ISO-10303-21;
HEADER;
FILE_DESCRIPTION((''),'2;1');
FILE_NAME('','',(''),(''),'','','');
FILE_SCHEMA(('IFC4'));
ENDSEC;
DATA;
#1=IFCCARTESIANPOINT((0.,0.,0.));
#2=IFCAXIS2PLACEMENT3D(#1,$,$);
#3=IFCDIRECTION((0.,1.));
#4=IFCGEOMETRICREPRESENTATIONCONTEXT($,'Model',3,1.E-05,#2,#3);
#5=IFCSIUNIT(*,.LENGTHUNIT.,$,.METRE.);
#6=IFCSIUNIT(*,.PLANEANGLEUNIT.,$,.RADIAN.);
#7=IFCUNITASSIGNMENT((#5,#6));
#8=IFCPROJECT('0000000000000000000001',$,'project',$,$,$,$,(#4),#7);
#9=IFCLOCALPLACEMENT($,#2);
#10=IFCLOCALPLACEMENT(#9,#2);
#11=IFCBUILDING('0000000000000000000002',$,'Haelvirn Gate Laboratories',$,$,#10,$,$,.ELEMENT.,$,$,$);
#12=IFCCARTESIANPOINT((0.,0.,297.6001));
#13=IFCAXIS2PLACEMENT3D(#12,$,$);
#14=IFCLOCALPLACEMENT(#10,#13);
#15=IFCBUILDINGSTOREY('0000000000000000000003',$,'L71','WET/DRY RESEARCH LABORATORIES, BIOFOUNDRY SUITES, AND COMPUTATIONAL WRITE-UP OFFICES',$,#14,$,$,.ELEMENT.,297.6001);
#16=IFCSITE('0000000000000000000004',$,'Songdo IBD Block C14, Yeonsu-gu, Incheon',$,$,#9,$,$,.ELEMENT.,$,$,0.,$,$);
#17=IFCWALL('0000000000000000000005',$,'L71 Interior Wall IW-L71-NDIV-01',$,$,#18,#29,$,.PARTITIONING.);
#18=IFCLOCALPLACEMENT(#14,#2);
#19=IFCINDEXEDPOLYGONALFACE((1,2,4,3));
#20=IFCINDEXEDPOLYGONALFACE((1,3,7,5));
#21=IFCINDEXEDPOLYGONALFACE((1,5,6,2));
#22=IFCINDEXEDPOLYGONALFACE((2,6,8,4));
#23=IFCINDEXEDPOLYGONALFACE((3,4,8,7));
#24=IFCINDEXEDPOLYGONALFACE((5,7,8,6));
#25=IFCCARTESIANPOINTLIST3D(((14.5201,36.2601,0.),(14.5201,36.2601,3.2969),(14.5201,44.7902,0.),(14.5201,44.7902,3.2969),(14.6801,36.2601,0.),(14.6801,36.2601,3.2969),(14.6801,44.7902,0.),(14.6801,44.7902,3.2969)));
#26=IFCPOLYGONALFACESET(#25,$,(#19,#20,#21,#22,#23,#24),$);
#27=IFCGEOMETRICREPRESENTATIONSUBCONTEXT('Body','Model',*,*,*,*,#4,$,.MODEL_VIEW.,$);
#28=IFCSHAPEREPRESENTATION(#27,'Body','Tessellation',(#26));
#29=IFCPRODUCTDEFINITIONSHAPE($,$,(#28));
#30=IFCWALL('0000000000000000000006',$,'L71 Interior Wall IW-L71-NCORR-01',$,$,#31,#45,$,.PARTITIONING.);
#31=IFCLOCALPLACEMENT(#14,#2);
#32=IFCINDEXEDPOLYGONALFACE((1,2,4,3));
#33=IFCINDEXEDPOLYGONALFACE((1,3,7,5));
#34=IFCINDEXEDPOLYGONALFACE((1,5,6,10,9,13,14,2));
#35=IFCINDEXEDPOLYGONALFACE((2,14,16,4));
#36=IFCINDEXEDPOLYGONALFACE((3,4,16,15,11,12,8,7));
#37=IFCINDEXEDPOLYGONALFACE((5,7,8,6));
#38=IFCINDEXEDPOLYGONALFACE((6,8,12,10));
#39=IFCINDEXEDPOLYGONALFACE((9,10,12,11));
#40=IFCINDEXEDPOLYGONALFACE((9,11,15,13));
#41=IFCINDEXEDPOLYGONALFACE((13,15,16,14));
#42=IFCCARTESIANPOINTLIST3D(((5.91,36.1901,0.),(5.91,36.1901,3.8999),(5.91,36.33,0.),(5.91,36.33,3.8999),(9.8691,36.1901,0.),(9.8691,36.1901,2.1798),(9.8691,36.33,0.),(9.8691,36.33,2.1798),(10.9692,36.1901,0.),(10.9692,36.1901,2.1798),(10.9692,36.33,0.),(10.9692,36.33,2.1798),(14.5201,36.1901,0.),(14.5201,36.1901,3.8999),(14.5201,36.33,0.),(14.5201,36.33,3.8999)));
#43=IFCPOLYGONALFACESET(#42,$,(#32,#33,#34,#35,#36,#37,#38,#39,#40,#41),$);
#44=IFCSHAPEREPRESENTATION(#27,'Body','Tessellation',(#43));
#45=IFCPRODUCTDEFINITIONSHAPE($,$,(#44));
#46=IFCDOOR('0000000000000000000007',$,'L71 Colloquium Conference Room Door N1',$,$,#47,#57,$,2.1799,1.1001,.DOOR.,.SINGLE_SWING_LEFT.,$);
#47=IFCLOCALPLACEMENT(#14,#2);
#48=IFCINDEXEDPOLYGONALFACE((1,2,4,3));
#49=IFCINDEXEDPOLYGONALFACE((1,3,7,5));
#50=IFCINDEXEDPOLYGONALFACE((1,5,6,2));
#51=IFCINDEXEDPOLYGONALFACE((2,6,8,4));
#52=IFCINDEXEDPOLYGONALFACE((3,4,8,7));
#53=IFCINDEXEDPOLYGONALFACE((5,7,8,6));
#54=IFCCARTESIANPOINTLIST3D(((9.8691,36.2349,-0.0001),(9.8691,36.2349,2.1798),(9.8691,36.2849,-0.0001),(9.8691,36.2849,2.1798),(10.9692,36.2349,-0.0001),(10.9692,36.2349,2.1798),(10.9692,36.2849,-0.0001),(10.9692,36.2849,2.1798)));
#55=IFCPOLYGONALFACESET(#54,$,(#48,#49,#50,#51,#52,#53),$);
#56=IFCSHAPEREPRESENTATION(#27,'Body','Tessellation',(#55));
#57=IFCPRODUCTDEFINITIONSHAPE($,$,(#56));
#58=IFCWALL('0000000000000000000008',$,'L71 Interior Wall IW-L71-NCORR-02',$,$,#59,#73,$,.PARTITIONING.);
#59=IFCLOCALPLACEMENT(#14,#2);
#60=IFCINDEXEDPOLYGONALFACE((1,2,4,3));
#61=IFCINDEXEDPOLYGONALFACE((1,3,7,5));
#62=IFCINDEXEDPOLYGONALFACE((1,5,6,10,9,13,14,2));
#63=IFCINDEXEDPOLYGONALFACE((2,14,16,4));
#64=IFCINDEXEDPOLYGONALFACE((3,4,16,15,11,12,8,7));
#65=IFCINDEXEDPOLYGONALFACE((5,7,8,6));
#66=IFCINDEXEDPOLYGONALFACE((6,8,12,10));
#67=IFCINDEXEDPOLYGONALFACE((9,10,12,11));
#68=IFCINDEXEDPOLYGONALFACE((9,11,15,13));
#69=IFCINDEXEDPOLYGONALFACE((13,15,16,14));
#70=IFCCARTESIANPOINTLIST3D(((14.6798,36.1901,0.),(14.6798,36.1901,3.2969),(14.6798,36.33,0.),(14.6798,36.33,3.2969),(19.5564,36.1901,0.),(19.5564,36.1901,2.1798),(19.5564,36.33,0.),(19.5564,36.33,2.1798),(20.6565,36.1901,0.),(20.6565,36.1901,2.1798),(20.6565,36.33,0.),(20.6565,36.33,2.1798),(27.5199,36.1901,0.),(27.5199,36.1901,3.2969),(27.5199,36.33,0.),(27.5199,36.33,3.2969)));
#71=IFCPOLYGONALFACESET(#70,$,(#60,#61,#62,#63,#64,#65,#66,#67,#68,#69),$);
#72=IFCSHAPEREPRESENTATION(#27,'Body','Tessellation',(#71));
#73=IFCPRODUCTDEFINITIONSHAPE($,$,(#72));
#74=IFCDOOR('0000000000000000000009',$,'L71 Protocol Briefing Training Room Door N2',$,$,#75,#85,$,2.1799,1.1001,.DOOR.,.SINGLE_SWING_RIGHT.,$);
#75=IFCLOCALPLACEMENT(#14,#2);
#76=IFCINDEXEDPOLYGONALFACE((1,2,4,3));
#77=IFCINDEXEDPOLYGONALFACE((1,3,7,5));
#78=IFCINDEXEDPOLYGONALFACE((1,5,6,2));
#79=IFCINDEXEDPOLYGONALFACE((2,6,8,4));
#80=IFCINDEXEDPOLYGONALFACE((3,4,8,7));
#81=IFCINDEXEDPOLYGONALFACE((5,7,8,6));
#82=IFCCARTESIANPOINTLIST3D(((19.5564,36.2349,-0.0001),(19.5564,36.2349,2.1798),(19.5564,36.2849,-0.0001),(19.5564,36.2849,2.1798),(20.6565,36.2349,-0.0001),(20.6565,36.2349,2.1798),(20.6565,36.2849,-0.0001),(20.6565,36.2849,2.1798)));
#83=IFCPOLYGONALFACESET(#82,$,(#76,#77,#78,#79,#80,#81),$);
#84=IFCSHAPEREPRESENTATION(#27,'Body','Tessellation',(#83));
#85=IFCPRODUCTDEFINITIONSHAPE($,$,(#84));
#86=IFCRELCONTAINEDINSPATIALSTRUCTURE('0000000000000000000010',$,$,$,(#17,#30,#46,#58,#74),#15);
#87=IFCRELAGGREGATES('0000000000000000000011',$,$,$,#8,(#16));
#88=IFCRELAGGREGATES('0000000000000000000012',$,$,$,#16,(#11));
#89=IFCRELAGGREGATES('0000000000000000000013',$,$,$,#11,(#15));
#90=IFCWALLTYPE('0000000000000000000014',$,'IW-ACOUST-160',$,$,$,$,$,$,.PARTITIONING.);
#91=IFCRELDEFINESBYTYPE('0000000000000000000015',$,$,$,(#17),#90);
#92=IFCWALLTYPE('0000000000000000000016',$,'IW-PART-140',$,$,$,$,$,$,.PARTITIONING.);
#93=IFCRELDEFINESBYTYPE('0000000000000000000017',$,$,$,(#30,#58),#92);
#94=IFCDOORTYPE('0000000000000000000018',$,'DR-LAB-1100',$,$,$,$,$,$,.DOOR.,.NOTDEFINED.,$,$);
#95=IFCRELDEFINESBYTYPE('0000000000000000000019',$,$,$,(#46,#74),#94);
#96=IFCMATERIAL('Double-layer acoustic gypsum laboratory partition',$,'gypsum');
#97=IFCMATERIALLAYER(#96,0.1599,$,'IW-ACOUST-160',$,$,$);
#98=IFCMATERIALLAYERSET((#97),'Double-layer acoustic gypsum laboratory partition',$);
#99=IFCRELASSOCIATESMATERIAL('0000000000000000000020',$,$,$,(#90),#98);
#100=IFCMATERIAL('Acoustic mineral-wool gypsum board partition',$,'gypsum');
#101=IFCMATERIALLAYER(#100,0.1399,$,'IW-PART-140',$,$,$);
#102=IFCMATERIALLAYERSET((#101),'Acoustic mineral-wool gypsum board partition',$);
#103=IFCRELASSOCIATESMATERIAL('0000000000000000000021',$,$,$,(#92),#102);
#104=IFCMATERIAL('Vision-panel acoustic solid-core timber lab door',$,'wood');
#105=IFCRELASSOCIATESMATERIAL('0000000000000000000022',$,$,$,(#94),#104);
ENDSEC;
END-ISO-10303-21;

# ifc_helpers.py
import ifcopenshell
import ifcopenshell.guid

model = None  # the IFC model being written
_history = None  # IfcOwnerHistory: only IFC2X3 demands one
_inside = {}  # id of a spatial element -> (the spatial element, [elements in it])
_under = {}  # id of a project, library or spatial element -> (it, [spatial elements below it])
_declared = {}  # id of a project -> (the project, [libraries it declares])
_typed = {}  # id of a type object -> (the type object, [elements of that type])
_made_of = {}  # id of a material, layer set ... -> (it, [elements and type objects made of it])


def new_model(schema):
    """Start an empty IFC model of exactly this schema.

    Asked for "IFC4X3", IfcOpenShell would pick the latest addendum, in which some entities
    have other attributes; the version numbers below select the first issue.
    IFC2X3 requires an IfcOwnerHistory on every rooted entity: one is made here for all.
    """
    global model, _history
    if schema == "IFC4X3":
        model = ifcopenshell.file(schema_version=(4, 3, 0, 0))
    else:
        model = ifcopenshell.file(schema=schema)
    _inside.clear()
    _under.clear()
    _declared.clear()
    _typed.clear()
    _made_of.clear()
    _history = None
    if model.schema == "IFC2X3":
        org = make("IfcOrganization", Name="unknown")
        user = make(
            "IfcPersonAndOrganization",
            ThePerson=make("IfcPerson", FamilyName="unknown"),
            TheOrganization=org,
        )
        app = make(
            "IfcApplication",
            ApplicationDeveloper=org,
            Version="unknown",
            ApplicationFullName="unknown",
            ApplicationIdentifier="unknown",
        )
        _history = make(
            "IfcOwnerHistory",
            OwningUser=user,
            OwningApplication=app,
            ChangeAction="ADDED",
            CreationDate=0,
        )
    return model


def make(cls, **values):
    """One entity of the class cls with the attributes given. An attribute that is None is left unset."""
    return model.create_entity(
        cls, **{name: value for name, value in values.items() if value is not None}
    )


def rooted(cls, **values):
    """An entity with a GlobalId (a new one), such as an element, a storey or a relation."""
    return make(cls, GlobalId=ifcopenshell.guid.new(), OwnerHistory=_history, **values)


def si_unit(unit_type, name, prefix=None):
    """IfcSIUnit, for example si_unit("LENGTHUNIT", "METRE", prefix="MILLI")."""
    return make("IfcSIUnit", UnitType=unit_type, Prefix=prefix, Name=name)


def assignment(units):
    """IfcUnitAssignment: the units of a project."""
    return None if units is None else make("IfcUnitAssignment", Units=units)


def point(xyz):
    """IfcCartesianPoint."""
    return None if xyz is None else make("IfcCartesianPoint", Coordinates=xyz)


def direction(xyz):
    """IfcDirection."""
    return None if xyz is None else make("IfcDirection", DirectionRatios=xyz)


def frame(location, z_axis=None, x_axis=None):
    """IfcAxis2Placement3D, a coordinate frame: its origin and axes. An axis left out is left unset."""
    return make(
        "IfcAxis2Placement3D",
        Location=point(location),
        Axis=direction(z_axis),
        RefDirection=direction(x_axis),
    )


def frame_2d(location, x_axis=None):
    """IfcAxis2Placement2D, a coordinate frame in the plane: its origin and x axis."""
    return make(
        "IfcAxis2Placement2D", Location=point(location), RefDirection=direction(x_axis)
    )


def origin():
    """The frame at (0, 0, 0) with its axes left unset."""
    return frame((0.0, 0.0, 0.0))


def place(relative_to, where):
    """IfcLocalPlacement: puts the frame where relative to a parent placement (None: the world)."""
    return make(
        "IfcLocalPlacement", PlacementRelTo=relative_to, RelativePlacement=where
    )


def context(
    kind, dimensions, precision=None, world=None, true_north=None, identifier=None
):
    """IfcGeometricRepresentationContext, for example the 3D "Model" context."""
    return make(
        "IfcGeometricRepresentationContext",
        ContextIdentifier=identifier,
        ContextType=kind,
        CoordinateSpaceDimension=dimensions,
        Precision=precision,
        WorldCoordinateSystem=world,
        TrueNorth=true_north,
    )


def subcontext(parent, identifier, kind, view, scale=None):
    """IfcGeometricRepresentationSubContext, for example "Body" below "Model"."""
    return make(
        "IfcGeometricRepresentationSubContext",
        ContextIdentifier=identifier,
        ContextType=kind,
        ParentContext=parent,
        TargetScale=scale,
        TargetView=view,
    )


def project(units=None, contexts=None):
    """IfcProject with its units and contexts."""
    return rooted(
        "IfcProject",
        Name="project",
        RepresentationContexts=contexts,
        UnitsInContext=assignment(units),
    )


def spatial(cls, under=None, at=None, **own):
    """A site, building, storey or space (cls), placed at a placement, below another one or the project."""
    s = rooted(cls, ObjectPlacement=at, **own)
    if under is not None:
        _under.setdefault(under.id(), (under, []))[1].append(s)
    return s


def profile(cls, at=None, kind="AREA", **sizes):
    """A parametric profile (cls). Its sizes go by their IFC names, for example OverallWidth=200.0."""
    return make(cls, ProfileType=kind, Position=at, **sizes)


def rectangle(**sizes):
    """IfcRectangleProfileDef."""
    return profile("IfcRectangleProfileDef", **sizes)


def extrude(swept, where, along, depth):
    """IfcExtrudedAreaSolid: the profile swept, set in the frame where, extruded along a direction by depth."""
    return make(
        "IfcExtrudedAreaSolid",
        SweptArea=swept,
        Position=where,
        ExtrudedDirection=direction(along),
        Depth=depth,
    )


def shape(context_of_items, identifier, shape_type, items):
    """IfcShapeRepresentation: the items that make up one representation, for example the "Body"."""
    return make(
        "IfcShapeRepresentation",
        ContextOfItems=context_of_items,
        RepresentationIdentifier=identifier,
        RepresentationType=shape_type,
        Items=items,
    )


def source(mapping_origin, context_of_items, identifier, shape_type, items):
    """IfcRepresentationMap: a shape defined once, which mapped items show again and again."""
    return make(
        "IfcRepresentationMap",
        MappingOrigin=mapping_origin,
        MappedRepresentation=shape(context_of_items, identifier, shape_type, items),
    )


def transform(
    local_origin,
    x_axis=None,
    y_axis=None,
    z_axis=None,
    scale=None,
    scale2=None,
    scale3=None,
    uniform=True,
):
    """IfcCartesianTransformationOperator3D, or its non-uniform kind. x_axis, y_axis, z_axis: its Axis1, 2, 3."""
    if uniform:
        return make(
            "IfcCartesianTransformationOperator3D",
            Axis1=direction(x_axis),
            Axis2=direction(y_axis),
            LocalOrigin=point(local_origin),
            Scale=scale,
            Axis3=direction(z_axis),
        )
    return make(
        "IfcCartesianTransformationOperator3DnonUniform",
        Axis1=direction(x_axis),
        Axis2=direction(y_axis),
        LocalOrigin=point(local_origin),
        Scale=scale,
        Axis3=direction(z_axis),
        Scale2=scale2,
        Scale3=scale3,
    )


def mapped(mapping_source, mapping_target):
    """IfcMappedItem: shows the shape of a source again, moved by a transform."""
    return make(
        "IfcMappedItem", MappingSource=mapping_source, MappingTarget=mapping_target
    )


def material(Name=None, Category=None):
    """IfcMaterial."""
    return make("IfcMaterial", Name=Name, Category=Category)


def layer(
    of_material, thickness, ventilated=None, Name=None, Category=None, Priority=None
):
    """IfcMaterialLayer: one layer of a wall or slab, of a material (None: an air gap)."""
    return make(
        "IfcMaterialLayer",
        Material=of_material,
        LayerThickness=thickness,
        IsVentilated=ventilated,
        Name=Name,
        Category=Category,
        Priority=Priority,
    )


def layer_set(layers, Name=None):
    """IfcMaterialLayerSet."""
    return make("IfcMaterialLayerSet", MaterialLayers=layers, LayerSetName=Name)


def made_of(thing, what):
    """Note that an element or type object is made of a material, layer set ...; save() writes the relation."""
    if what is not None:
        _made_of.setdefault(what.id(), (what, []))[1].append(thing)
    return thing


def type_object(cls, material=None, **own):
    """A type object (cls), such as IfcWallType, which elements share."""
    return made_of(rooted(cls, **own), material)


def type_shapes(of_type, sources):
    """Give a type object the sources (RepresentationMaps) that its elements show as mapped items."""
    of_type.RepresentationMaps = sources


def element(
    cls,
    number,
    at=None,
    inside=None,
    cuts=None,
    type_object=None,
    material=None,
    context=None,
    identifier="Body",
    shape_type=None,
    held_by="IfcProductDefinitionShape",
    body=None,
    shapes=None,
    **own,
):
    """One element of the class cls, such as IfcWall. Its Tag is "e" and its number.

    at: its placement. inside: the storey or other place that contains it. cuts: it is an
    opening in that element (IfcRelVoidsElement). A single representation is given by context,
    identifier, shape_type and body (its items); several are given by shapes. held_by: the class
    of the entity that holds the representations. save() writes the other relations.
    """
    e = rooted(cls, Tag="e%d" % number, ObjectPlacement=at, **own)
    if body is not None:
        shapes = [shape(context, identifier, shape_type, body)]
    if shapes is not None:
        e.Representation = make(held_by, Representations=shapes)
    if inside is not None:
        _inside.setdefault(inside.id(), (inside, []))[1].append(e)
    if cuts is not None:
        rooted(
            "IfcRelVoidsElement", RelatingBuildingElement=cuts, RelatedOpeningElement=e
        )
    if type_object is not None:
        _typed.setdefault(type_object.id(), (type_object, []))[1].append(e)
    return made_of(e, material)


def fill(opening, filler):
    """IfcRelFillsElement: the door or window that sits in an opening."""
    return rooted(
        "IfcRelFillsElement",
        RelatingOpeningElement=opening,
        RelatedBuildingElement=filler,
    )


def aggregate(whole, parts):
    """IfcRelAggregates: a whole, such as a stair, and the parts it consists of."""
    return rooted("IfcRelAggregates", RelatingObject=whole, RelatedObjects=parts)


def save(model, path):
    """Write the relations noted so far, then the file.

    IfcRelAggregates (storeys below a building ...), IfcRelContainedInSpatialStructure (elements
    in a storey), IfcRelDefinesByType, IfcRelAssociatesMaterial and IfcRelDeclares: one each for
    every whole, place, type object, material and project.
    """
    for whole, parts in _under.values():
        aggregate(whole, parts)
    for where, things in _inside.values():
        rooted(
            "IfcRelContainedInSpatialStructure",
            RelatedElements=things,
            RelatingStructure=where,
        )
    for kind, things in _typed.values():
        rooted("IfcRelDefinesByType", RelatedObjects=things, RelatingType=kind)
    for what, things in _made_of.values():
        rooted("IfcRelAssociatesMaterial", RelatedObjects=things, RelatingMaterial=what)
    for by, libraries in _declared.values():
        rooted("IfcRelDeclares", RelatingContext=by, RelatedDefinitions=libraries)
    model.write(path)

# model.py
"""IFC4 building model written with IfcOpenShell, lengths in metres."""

from ifc_helpers import new_model, si_unit, direction, frame, frame_2d, origin, place, context, subcontext, project, spatial, rectangle, extrude, source, transform, mapped, material, layer, layer_set, type_object, type_shapes, element, fill, save


model = new_model("IFC4")

# Units and contexts
model_context = context("Model", 3, precision=1e-05, world=origin(), true_north=direction((0.0, 1.0)))
body_context = subcontext(model_context, "Body", "Model", "MODEL_VIEW")
ifc_project = project(units=[si_unit("LENGTHUNIT", "METRE"), si_unit("PLANEANGLEUNIT", "RADIAN")], contexts=[model_context])

# Site, building, storey
site_placement = place(None, origin())
site = spatial("IfcSite", under=ifc_project, at=site_placement, Name="Songdo IBD Block C14, Yeonsu-gu, Incheon", CompositionType="ELEMENT", RefElevation=0.0)
building_placement = place(site_placement, origin())
building = spatial("IfcBuilding", under=site, at=building_placement, Name="Haelvirn Gate Laboratories", CompositionType="ELEMENT")
storey_placement = place(building_placement, frame((0.0, 0.0, 297.6001)))
storey = spatial("IfcBuildingStorey", under=building, at=storey_placement, Name="L71", Description="WET/DRY RESEARCH LABORATORIES, BIOFOUNDRY SUITES, AND COMPUTATIONAL WRITE-UP OFFICES", CompositionType="ELEMENT", Elevation=297.6001)

# Wall
ifc_material_1 = material(Name="Double-layer acoustic gypsum laboratory partition", Category="gypsum")
ifc_layer_1 = layer(ifc_material_1, 0.1599, Name="IW-ACOUST-160")
ifc_layer_set_1 = layer_set([ifc_layer_1], Name="Double-layer acoustic gypsum laboratory partition")
wall_type_1 = type_object("IfcWallType", Name="IW-ACOUST-160", PredefinedType="PARTITIONING", material=ifc_layer_set_1)
wall_1_placement = place(storey_placement, frame((14.6001, 36.26, 0.0), z_axis=(0.0, 0.0, 1.0), x_axis=(0.0, 1.0, 0.0)))
element("IfcWall", 1, at=wall_1_placement, inside=storey, type_object=wall_type_1, Name="L71 Interior Wall IW-L71-NDIV-01", PredefinedType="PARTITIONING", context=body_context, shape_type="SweptSolid", body=[
    extrude(rectangle(XDim=8.53, YDim=0.1599, at=frame_2d((4.2651, 0.0))), origin(), (0.0, 0.0, 1.0), 3.2969),
])

# Walls, openings, doors
ifc_material_2 = material(Name="Acoustic mineral-wool gypsum board partition", Category="gypsum")
ifc_layer_2 = layer(ifc_material_2, 0.1399, Name="IW-PART-140")
ifc_layer_set_2 = layer_set([ifc_layer_2], Name="Acoustic mineral-wool gypsum board partition")
wall_type_2 = type_object("IfcWallType", Name="IW-PART-140", PredefinedType="PARTITIONING", material=ifc_layer_set_2)
wall_2_placement = place(storey_placement, frame((5.9099, 36.26, 0.0), z_axis=(0.0, 0.0, 1.0), x_axis=(1.0, 0.0, 0.0)))
wall_2 = element("IfcWall", 2, at=wall_2_placement, inside=storey, type_object=wall_type_2, Name="L71 Interior Wall IW-L71-NCORR-01", PredefinedType="PARTITIONING", context=body_context, shape_type="SweptSolid", body=[
    extrude(rectangle(XDim=8.6101, YDim=0.1399, at=frame_2d((4.3052, 0.0))), origin(), (0.0, 0.0, 1.0), 3.8999),
])
opening_1_placement = place(wall_2_placement, frame((3.9592, 0.0, 0.0)))
opening_1 = element("IfcOpeningElement", 3, at=opening_1_placement, cuts=wall_2, PredefinedType="OPENING", context=body_context, shape_type="SweptSolid", body=[
    extrude(rectangle(XDim=1.1001, YDim=2.1799, at=frame_2d((0.55, 1.0898))), frame((0.0, 0.0801, 0.0), z_axis=(0.0, -1.0, 0.0), x_axis=(1.0, 0.0, 0.0)), (0.0, 0.0, 1.0), 0.1599),
])
ifc_material_3 = material(Name="Vision-panel acoustic solid-core timber lab door", Category="wood")
door_type_1 = type_object("IfcDoorType", Name="DR-LAB-1100", OperationType="NOTDEFINED", PredefinedType="DOOR", material=ifc_material_3)
shared_shape_1 = source(origin(), body_context, "Body", "SweptSolid", [
    extrude(rectangle(XDim=1.1001, YDim=2.1799, at=frame_2d((0.55, 1.0898))), frame((0.0, 0.0249, 0.0), z_axis=(0.0, -1.0, 0.0), x_axis=(1.0, 0.0, 0.0)), (0.0, 0.0, 1.0), 0.05),
])
type_shapes(door_type_1, [shared_shape_1])
door_1_placement = place(opening_1_placement, origin())
door_1 = element("IfcDoor", 4, at=door_1_placement, inside=storey, type_object=door_type_1, Name="L71 Colloquium Conference Room Door N1", OperationType="SINGLE_SWING_LEFT", OverallHeight=2.1799, OverallWidth=1.1001, PredefinedType="DOOR", context=body_context, shape_type="MappedRepresentation", body=[
    mapped(shared_shape_1, transform((0.0, 0.0, 0.0), scale=1.0)),
])
fill(opening_1, door_1)
wall_3_placement = place(storey_placement, frame((14.6799, 36.26, 0.0), z_axis=(0.0, 0.0, 1.0), x_axis=(1.0, 0.0, 0.0)))
wall_3 = element("IfcWall", 5, at=wall_3_placement, inside=storey, type_object=wall_type_2, Name="L71 Interior Wall IW-L71-NCORR-02", PredefinedType="PARTITIONING", context=body_context, shape_type="SweptSolid", body=[
    extrude(rectangle(XDim=12.8401, YDim=0.1399, at=frame_2d((6.4199, 0.0))), origin(), (0.0, 0.0, 1.0), 3.2969),
])
opening_2_placement = place(wall_3_placement, frame((4.8765, 0.0, 0.0)))
opening_2 = element("IfcOpeningElement", 6, at=opening_2_placement, cuts=wall_3, PredefinedType="OPENING", context=body_context, shape_type="SweptSolid", body=[
    extrude(rectangle(XDim=1.1001, YDim=2.1799, at=frame_2d((0.55, 1.0898))), frame((0.0, 0.0801, 0.0), z_axis=(0.0, -1.0, 0.0), x_axis=(1.0, 0.0, 0.0)), (0.0, 0.0, 1.0), 0.1599),
])
door_2_placement = place(opening_2_placement, origin())
door_2 = element("IfcDoor", 7, at=door_2_placement, inside=storey, type_object=door_type_1, Name="L71 Protocol Briefing Training Room Door N2", OperationType="SINGLE_SWING_RIGHT", OverallHeight=2.1799, OverallWidth=1.1001, PredefinedType="DOOR", context=body_context, shape_type="MappedRepresentation", body=[
    mapped(shared_shape_1, transform((0.0, 0.0, 0.0), scale=1.0)),
])
fill(opening_2, door_2)

save(model, "model.ifc")
